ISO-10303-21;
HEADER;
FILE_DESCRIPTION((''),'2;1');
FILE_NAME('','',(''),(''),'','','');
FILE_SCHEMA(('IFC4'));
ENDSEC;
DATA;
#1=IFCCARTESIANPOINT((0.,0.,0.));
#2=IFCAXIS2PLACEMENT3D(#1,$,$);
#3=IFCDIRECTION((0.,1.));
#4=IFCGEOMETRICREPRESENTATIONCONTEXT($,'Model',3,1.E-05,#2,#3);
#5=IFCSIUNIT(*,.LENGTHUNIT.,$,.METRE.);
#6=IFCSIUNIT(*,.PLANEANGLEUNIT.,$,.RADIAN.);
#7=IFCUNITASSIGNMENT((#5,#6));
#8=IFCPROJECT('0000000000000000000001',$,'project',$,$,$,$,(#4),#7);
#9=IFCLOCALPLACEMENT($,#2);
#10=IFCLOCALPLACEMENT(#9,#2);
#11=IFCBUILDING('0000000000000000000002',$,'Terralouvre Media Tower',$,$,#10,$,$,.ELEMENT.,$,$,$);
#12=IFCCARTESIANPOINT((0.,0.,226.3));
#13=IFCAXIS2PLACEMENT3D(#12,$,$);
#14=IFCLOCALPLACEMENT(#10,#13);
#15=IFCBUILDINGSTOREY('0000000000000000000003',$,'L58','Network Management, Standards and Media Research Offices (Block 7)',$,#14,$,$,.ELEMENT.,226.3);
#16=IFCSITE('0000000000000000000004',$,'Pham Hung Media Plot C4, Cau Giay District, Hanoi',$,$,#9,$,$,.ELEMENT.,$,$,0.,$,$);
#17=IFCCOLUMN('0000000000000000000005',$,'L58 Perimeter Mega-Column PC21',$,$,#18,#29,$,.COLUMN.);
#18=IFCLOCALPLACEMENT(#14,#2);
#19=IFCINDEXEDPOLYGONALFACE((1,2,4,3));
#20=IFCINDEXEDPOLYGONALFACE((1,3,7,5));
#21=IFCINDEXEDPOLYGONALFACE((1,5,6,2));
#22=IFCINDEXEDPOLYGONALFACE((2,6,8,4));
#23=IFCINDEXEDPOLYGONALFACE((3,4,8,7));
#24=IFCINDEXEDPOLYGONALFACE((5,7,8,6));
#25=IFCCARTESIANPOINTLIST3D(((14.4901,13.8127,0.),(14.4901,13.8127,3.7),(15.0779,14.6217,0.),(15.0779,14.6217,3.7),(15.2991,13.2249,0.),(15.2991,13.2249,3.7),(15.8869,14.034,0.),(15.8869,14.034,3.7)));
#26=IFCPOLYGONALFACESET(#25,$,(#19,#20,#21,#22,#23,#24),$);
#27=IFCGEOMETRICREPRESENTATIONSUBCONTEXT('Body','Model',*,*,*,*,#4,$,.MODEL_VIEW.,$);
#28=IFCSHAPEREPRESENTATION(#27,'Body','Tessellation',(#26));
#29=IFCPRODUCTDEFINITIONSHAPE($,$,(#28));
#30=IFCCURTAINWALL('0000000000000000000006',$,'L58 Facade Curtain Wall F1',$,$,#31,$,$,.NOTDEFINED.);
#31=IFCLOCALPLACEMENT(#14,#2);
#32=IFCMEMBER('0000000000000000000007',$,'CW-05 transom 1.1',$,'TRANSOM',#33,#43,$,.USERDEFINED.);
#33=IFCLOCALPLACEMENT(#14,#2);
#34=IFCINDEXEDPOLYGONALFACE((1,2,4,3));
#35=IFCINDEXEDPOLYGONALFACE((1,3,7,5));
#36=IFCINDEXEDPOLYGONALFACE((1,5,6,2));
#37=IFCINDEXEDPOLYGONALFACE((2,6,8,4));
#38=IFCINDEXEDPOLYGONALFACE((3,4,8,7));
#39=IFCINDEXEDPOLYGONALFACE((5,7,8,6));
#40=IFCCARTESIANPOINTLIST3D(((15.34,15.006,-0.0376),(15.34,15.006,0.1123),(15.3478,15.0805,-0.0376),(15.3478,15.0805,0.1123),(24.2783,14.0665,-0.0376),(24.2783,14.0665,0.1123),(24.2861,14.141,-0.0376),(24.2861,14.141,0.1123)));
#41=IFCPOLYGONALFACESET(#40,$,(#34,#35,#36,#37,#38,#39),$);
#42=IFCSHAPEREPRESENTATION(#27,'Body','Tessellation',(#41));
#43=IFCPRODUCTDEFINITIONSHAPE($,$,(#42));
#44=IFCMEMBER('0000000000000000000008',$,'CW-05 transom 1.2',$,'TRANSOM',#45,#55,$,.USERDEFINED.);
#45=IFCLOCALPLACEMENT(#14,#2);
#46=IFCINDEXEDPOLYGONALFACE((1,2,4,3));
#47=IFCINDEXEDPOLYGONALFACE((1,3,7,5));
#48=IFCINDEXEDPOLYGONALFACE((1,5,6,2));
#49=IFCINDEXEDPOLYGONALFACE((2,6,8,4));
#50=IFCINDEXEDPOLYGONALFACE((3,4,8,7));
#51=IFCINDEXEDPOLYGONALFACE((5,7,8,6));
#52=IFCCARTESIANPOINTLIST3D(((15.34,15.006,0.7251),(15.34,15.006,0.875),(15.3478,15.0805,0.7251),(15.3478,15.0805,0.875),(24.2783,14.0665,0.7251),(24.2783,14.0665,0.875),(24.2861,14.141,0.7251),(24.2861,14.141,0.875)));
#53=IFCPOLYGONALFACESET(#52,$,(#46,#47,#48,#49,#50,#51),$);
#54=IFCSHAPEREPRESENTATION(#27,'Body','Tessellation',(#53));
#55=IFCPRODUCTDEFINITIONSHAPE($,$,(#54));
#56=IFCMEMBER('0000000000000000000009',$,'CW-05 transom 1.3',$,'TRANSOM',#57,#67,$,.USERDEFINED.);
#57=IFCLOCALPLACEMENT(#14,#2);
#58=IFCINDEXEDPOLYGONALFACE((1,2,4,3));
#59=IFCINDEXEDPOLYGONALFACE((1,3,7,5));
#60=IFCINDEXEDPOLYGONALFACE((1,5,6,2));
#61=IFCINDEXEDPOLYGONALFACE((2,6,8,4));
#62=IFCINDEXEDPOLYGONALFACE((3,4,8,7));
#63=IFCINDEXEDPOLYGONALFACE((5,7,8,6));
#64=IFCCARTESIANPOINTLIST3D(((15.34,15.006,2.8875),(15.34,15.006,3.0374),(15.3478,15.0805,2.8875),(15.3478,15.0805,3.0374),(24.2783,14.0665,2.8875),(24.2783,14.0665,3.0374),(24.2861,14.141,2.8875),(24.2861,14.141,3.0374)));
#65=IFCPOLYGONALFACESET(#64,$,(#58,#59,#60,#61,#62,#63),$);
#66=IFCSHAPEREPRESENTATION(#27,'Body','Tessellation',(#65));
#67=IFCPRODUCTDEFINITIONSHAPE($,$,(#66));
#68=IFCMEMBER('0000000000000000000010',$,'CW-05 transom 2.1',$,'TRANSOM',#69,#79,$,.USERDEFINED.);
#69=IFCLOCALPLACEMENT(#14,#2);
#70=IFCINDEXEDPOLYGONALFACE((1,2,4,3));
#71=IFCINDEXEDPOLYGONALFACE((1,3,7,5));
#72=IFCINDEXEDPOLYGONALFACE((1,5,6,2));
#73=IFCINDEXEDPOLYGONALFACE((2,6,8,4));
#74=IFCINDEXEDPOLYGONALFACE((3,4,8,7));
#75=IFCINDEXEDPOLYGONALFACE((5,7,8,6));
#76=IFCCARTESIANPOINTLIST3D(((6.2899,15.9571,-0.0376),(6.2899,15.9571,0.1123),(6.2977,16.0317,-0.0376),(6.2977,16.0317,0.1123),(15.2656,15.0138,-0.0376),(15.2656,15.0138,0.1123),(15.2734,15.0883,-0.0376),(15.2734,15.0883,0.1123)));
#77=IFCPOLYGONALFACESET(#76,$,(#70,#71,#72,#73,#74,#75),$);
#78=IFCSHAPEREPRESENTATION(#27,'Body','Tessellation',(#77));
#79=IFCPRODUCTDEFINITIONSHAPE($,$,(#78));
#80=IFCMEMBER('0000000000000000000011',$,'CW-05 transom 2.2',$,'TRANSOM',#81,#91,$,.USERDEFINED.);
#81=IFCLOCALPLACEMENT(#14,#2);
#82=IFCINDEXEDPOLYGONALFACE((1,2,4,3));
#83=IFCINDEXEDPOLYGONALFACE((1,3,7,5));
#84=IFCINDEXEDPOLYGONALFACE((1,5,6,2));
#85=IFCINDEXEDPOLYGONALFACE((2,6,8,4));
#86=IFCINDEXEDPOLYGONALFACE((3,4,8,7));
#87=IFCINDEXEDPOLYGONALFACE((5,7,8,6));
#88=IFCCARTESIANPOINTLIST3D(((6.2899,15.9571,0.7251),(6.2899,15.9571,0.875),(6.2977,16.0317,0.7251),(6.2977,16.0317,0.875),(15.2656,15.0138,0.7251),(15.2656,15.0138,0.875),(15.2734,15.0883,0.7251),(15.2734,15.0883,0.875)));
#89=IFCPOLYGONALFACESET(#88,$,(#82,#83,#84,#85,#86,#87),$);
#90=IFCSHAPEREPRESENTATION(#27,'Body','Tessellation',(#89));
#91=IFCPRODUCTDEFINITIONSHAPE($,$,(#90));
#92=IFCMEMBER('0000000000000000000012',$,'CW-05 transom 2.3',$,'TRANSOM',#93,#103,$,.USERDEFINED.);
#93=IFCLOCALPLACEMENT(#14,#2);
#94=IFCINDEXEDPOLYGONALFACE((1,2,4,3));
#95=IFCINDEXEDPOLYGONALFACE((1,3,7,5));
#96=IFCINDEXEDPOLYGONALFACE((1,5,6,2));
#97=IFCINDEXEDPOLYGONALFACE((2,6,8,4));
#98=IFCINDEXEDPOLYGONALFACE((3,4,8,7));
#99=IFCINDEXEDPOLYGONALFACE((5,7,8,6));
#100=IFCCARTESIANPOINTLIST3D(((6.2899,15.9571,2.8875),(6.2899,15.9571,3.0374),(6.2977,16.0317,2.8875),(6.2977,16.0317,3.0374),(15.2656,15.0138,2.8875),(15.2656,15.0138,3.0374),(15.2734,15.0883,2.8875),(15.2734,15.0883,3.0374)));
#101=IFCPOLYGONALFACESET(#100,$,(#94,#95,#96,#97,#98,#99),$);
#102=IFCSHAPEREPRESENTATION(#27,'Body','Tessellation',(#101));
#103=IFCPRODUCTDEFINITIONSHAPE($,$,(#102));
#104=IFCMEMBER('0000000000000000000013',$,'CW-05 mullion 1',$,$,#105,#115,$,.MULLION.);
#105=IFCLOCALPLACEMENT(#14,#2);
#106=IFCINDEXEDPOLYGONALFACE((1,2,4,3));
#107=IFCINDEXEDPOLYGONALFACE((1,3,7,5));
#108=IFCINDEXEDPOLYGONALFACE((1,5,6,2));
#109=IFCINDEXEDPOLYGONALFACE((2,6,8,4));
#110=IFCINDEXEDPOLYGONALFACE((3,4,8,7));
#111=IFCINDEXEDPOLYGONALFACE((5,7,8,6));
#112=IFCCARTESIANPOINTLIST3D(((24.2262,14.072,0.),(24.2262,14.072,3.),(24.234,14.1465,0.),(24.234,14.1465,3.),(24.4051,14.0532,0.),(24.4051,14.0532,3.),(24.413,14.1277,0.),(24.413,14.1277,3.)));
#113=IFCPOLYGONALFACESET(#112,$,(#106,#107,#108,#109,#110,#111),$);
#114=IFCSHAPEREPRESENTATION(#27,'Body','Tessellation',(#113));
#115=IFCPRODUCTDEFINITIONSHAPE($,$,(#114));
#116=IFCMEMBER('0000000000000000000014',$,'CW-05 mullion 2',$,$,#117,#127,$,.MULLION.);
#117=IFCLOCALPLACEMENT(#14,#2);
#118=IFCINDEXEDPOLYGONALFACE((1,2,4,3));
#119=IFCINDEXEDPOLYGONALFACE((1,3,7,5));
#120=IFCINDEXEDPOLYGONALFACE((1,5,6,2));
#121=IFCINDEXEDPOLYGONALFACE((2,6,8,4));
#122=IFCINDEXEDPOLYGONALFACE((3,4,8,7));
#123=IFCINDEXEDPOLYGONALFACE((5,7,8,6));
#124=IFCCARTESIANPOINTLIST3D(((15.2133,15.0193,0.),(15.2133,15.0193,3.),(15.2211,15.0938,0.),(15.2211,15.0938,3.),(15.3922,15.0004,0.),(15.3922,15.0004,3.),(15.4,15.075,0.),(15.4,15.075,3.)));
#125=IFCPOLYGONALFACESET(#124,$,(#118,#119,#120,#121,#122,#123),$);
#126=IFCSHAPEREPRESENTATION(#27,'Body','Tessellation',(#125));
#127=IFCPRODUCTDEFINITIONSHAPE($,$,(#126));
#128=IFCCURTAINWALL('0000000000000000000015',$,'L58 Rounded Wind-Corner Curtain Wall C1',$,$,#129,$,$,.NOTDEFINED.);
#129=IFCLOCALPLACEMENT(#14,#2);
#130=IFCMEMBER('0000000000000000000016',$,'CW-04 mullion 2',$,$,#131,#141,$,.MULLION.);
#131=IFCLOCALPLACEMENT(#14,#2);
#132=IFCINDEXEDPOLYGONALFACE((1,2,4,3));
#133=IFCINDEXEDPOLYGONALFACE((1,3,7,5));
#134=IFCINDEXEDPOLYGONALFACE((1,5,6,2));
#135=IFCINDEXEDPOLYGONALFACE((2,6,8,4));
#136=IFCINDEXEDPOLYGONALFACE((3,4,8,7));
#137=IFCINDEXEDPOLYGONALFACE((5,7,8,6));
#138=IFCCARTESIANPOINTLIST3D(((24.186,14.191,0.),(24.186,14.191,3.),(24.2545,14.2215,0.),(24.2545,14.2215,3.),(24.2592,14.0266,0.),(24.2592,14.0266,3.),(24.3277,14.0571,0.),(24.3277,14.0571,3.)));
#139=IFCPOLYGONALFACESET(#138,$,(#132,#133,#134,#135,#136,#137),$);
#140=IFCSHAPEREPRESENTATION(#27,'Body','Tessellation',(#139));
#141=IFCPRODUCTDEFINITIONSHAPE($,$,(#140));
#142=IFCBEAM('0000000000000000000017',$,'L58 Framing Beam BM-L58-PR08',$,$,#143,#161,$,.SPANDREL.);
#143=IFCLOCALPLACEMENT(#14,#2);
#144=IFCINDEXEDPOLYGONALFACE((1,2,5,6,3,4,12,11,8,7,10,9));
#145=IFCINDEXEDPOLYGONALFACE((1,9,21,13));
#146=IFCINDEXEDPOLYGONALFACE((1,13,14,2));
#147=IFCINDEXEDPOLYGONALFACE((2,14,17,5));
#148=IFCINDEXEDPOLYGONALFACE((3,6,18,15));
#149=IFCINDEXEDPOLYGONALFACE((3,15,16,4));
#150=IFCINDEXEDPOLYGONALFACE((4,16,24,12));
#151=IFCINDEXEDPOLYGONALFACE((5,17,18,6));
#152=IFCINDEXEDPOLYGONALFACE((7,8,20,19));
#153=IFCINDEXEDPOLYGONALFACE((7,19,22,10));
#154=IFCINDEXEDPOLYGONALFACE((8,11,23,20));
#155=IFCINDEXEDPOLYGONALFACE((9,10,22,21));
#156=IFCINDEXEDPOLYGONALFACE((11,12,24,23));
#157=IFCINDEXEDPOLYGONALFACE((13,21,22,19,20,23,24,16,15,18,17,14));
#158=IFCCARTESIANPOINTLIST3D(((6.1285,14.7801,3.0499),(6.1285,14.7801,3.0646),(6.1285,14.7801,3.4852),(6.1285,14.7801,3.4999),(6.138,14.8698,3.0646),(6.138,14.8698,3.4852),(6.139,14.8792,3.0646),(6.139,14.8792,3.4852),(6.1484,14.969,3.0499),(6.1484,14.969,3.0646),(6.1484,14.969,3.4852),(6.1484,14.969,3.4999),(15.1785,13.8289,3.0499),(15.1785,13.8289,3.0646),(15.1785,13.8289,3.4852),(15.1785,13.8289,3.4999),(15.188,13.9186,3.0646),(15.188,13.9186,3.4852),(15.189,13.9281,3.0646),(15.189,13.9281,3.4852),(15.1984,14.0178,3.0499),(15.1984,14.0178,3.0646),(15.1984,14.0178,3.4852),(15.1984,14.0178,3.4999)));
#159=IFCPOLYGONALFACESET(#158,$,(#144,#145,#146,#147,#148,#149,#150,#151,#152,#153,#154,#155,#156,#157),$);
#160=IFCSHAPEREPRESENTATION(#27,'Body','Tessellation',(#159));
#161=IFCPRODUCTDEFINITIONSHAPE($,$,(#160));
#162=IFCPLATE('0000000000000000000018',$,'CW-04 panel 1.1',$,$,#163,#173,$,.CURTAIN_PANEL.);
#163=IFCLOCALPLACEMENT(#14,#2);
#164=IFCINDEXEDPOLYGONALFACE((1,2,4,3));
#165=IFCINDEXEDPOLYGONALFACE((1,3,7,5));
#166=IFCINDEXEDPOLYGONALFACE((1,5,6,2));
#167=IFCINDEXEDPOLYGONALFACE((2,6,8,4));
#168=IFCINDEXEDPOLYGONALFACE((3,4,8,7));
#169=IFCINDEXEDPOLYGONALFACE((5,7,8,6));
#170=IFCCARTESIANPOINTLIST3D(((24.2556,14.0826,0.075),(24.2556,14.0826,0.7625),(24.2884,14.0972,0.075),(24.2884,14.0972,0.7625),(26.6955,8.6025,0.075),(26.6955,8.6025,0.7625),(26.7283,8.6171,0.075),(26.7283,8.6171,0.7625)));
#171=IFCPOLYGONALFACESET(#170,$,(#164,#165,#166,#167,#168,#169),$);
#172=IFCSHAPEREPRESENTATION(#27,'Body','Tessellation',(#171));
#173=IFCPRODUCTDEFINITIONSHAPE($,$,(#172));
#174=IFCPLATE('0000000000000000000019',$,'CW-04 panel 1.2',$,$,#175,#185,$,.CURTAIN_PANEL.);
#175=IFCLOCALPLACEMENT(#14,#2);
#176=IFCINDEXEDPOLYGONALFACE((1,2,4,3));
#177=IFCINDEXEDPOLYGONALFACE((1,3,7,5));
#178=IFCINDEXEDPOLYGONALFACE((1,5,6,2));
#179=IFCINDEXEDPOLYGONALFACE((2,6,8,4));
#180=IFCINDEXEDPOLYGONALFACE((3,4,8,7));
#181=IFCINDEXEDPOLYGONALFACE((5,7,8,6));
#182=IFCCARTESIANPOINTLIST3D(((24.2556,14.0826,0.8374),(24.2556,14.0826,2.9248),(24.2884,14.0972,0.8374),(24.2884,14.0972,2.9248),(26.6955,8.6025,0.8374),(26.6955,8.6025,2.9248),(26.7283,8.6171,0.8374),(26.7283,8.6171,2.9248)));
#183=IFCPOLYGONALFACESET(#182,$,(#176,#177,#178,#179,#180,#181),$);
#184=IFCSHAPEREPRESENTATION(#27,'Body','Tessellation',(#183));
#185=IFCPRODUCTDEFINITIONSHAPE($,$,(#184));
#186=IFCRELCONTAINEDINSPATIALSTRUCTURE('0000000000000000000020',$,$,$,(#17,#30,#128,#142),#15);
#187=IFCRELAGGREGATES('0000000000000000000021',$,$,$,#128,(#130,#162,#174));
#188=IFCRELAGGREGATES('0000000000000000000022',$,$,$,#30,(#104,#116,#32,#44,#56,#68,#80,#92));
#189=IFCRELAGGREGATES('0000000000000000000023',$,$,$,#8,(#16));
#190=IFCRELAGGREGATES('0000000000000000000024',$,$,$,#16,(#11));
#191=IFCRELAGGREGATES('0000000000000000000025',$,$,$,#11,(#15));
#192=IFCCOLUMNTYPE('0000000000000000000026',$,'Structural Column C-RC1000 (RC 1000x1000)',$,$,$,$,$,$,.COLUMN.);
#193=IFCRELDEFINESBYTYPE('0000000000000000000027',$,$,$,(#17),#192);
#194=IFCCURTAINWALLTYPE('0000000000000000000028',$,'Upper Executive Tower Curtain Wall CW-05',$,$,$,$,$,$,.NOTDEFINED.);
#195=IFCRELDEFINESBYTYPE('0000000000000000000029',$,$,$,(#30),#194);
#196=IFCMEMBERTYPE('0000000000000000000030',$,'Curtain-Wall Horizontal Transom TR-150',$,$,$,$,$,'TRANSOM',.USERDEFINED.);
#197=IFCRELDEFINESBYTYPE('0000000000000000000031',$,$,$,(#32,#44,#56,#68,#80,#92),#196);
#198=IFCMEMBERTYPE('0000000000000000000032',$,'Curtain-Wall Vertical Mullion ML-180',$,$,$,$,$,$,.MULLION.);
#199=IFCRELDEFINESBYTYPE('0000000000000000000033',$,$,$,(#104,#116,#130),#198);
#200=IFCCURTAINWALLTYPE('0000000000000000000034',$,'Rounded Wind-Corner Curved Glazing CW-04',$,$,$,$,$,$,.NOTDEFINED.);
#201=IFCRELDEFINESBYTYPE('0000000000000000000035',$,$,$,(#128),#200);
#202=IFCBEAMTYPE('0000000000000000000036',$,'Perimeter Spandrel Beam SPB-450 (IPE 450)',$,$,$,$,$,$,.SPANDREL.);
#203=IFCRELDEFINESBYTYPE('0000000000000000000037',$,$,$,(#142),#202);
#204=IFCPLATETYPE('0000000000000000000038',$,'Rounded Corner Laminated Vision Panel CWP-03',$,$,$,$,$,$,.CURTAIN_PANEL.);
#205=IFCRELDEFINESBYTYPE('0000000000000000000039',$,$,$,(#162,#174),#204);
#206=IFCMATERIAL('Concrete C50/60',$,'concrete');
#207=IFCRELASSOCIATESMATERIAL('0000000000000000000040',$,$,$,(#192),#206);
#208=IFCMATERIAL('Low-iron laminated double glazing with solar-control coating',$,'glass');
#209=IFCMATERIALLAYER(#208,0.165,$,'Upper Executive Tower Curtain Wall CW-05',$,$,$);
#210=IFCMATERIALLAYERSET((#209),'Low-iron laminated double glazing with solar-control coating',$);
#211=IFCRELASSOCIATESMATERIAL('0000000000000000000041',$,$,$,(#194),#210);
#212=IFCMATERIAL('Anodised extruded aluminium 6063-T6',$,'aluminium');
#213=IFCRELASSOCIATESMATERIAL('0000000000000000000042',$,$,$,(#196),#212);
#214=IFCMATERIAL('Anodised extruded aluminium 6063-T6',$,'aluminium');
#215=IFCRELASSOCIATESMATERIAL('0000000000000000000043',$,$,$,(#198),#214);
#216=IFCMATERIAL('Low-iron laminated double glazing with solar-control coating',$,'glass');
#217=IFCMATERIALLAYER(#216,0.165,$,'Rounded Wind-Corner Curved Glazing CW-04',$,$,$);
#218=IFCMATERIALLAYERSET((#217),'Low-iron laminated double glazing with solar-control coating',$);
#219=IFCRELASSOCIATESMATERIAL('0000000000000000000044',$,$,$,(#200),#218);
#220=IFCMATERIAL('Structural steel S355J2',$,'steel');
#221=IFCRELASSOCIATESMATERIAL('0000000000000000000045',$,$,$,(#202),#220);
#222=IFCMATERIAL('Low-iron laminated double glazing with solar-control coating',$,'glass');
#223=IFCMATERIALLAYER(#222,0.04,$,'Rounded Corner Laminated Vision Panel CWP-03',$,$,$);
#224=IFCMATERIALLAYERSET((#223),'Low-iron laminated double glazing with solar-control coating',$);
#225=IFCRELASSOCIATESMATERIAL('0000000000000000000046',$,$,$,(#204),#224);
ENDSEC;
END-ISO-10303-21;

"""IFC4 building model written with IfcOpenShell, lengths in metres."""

from ifc_helpers import new_model, si_unit, direction, frame, origin, origin_2d, place, context, subcontext, project, spatial, rectangle, i_section, extrude, material, layer, layer_set, material_profile, profile_set, type_object, element, aggregate, save


model = new_model("IFC4")

# Units and contexts
model_context = context("Model", 3, precision=1e-05, world=origin(), true_north=direction((0.0, 1.0)))
body_context = subcontext(model_context, "Body", "Model", "MODEL_VIEW")
ifc_project = project(units=[si_unit("LENGTHUNIT", "METRE"), si_unit("PLANEANGLEUNIT", "RADIAN")], contexts=[model_context])

# Site, building, storey
site_placement = place(None, origin())
site = spatial("IfcSite", under=ifc_project, at=site_placement, Name="Pham Hung Media Plot C4, Cau Giay District, Hanoi", CompositionType="ELEMENT", RefElevation=0.0)
building_placement = place(site_placement, origin())
building = spatial("IfcBuilding", under=site, at=building_placement, Name="Terralouvre Media Tower", CompositionType="ELEMENT")
storey_placement = place(building_placement, frame((0.0, 0.0, 226.3)))
storey = spatial("IfcBuildingStorey", under=building, at=storey_placement, Name="L58", Description="Network Management, Standards and Media Research Offices (Block 7)", CompositionType="ELEMENT", Elevation=226.3)

# Column
ifc_material_1 = material(Name="Concrete C50/60", Category="concrete")
ifc_material_profile_1 = material_profile(ifc_material_1, rectangle(XDim=1.0, YDim=1.0, at=origin_2d()), Name="RC 1000x1000")
ifc_profile_set_1 = profile_set([ifc_material_profile_1], Name="Concrete C50/60")
column_type = type_object("IfcColumnType", Name="Structural Column C-RC1000 (RC 1000x1000)", PredefinedType="COLUMN", material=ifc_profile_set_1)
column_placement = place(storey_placement, frame((15.1885, 13.9233, 0.0), z_axis=(0.0, 0.0, 1.0), x_axis=(0.587785, 0.809017, 0.0)))
element("IfcColumn", 1, at=column_placement, inside=storey, type_object=column_type, Name="L58 Perimeter Mega-Column PC21", PredefinedType="COLUMN", context=body_context, shape_type="SweptSolid", body=[
    extrude(rectangle(XDim=1.0, YDim=1.0, at=origin_2d()), origin(), (0.0, 0.0, 1.0), 3.7),
])

# Curtain wall, members
ifc_material_2 = material(Name="Low-iron laminated double glazing with solar-control coating", Category="glass")
ifc_layer_1 = layer(ifc_material_2, 0.165, Name="Upper Executive Tower Curtain Wall CW-05")
ifc_layer_set_1 = layer_set([ifc_layer_1], Name="Low-iron laminated double glazing with solar-control coating")
curtain_wall_type_1 = type_object("IfcCurtainWallType", Name="Upper Executive Tower Curtain Wall CW-05", PredefinedType="NOTDEFINED", material=ifc_layer_set_1)
curtain_wall_1_placement = place(storey_placement, origin())
curtain_wall_1 = element("IfcCurtainWall", 2, at=curtain_wall_1_placement, inside=storey, type_object=curtain_wall_type_1, Name="L58 Facade Curtain Wall F1", PredefinedType="NOTDEFINED")
ifc_material_3 = material(Name="Anodised extruded aluminium 6063-T6", Category="aluminium")
ifc_material_profile_2 = material_profile(ifc_material_3, rectangle(XDim=0.075, YDim=0.1499, at=origin_2d()), Name="ALU 75x150")
ifc_profile_set_2 = profile_set([ifc_material_profile_2], Name="Anodised extruded aluminium 6063-T6")
member_type_1 = type_object("IfcMemberType", Name="Curtain-Wall Horizontal Transom TR-150", ElementType="TRANSOM", PredefinedType="USERDEFINED", material=ifc_profile_set_2)
member_1_placement = place(storey_placement, frame((24.2822, 14.1038, 0.0374), z_axis=(-0.994522, 0.104529, 0.0), x_axis=(-0.104529, -0.994522, 0.0)))
member_1 = element("IfcMember", 3, at=member_1_placement, type_object=member_type_1, Name="CW-05 transom 1.1", ObjectType="TRANSOM", PredefinedType="USERDEFINED", context=body_context, shape_type="SweptSolid", body=[
    extrude(rectangle(XDim=0.075, YDim=0.1499, at=origin_2d()), origin(), (0.0, 0.0, 1.0), 8.9875),
])
member_2_placement = place(storey_placement, frame((24.2822, 14.1038, 0.8), z_axis=(-0.994522, 0.104529, 0.0), x_axis=(-0.104529, -0.994522, 0.0)))
member_2 = element("IfcMember", 4, at=member_2_placement, type_object=member_type_1, Name="CW-05 transom 1.2", ObjectType="TRANSOM", PredefinedType="USERDEFINED", context=body_context, shape_type="SweptSolid", body=[
    extrude(rectangle(XDim=0.075, YDim=0.1499, at=origin_2d()), origin(), (0.0, 0.0, 1.0), 8.9875),
])
member_3_placement = place(storey_placement, frame((24.2822, 14.1038, 2.9624), z_axis=(-0.994522, 0.104529, 0.0), x_axis=(-0.104529, -0.994522, 0.0)))
member_3 = element("IfcMember", 5, at=member_3_placement, type_object=member_type_1, Name="CW-05 transom 1.3", ObjectType="TRANSOM", PredefinedType="USERDEFINED", context=body_context, shape_type="SweptSolid", body=[
    extrude(rectangle(XDim=0.075, YDim=0.1499, at=origin_2d()), origin(), (0.0, 0.0, 1.0), 8.9875),
])
member_4_placement = place(storey_placement, frame((15.2695, 15.051, 0.0374), z_axis=(-0.994522, 0.104527, 0.0), x_axis=(-0.104527, -0.994522, 0.0)))
member_4 = element("IfcMember", 6, at=member_4_placement, type_object=member_type_1, Name="CW-05 transom 2.1", ObjectType="TRANSOM", PredefinedType="USERDEFINED", context=body_context, shape_type="SweptSolid", body=[
    extrude(rectangle(XDim=0.075, YDim=0.1499, at=origin_2d()), origin(), (0.0, 0.0, 1.0), 9.0251),
])
member_5_placement = place(storey_placement, frame((15.2695, 15.051, 0.8), z_axis=(-0.994522, 0.104527, 0.0), x_axis=(-0.104527, -0.994522, 0.0)))
member_5 = element("IfcMember", 7, at=member_5_placement, type_object=member_type_1, Name="CW-05 transom 2.2", ObjectType="TRANSOM", PredefinedType="USERDEFINED", context=body_context, shape_type="SweptSolid", body=[
    extrude(rectangle(XDim=0.075, YDim=0.1499, at=origin_2d()), origin(), (0.0, 0.0, 1.0), 9.0251),
])
member_6_placement = place(storey_placement, frame((15.2695, 15.051, 2.9624), z_axis=(-0.994522, 0.104527, 0.0), x_axis=(-0.104527, -0.994522, 0.0)))
member_6 = element("IfcMember", 8, at=member_6_placement, type_object=member_type_1, Name="CW-05 transom 2.3", ObjectType="TRANSOM", PredefinedType="USERDEFINED", context=body_context, shape_type="SweptSolid", body=[
    extrude(rectangle(XDim=0.075, YDim=0.1499, at=origin_2d()), origin(), (0.0, 0.0, 1.0), 9.0251),
])
ifc_material_4 = material(Name="Anodised extruded aluminium 6063-T6", Category="aluminium")
ifc_material_profile_3 = material_profile(ifc_material_4, rectangle(XDim=0.075, YDim=0.1799, at=origin_2d()), Name="ALU 75x180")
ifc_profile_set_3 = profile_set([ifc_material_profile_3], Name="Anodised extruded aluminium 6063-T6")
member_type_2 = type_object("IfcMemberType", Name="Curtain-Wall Vertical Mullion ML-180", PredefinedType="MULLION", material=ifc_profile_set_3)
member_7_placement = place(storey_placement, frame((24.3196, 14.0999, 0.0), z_axis=(0.0, 0.0, 1.0), x_axis=(-0.104529, -0.994522, 0.0)))
member_7 = element("IfcMember", 9, at=member_7_placement, type_object=member_type_2, Name="CW-05 mullion 1", PredefinedType="MULLION", context=body_context, shape_type="SweptSolid", body=[
    extrude(rectangle(XDim=0.075, YDim=0.1799, at=origin_2d()), origin(), (0.0, 0.0, 1.0), 3.0),
])
member_8_placement = place(storey_placement, frame((15.3066, 15.0471, 0.0), z_axis=(0.0, 0.0, 1.0), x_axis=(-0.104529, -0.994522, 0.0)))
member_8 = element("IfcMember", 10, at=member_8_placement, type_object=member_type_2, Name="CW-05 mullion 2", PredefinedType="MULLION", context=body_context, shape_type="SweptSolid", body=[
    extrude(rectangle(XDim=0.075, YDim=0.1799, at=origin_2d()), origin(), (0.0, 0.0, 1.0), 3.0),
])

# Curtain wall, member
ifc_material_5 = material(Name="Low-iron laminated double glazing with solar-control coating", Category="glass")
ifc_layer_2 = layer(ifc_material_5, 0.165, Name="Rounded Wind-Corner Curved Glazing CW-04")
ifc_layer_set_2 = layer_set([ifc_layer_2], Name="Low-iron laminated double glazing with solar-control coating")
curtain_wall_type_2 = type_object("IfcCurtainWallType", Name="Rounded Wind-Corner Curved Glazing CW-04", PredefinedType="NOTDEFINED", material=ifc_layer_set_2)
curtain_wall_2_placement = place(storey_placement, origin())
curtain_wall_2 = element("IfcCurtainWall", 11, at=curtain_wall_2_placement, inside=storey, type_object=curtain_wall_type_2, Name="L58 Rounded Wind-Corner Curtain Wall C1", PredefinedType="NOTDEFINED")
member_9_placement = place(storey_placement, frame((24.2568, 14.124, 0.0), z_axis=(0.0, 0.0, 1.0), x_axis=(-0.913545, -0.406737, 0.0)))
member_9 = element("IfcMember", 12, at=member_9_placement, type_object=member_type_2, Name="CW-04 mullion 2", PredefinedType="MULLION", context=body_context, shape_type="SweptSolid", body=[
    extrude(rectangle(XDim=0.075, YDim=0.1799, at=origin_2d()), origin(), (0.0, 0.0, 1.0), 3.0),
])

# Beam
ifc_material_6 = material(Name="Structural steel S355J2", Category="steel")
ifc_material_profile_4 = material_profile(ifc_material_6, i_section(OverallWidth=0.1899, OverallDepth=0.45, WebThickness=0.0095, FlangeThickness=0.0146, at=origin_2d()), Name="IPE 450")
ifc_profile_set_4 = profile_set([ifc_material_profile_4], Name="Structural steel S355J2")
beam_type = type_object("IfcBeamType", Name="Perimeter Spandrel Beam SPB-450 (IPE 450)", PredefinedType="SPANDREL", material=ifc_profile_set_4)
beam_placement = place(storey_placement, frame((15.1885, 13.9233, 3.2749), z_axis=(-0.994522, 0.104526, 0.0), x_axis=(-0.104526, -0.994522, 0.0)))
element("IfcBeam", 13, at=beam_placement, inside=storey, type_object=beam_type, Name="L58 Framing Beam BM-L58-PR08", PredefinedType="SPANDREL", context=body_context, shape_type="SweptSolid", body=[
    extrude(i_section(OverallWidth=0.1899, OverallDepth=0.45, WebThickness=0.0095, FlangeThickness=0.0146, at=origin_2d()), origin(), (0.0, 0.0, 1.0), 9.0999),
])

# Plates
ifc_material_7 = material(Name="Low-iron laminated double glazing with solar-control coating", Category="glass")
ifc_layer_3 = layer(ifc_material_7, 0.04, Name="Rounded Corner Laminated Vision Panel CWP-03")
ifc_layer_set_3 = layer_set([ifc_layer_3], Name="Low-iron laminated double glazing with solar-control coating")
plate_type_1 = type_object("IfcPlateType", Name="Rounded Corner Laminated Vision Panel CWP-03", PredefinedType="CURTAIN_PANEL", material=ifc_layer_set_3)
plate_1_placement = place(storey_placement, frame((25.4919, 11.3499, 0.075), z_axis=(0.0, 0.0, 1.0), x_axis=(-0.406737, 0.913545, 0.0)))
plate_1 = element("IfcPlate", 14, at=plate_1_placement, type_object=plate_type_1, Name="CW-04 panel 1.1", PredefinedType="CURTAIN_PANEL", context=body_context, shape_type="SweptSolid", body=[
    extrude(rectangle(XDim=5.9988, YDim=0.0359, at=origin_2d()), origin(), (0.0, 0.0, 1.0), 0.6875),
])
plate_2_placement = place(storey_placement, frame((25.4919, 11.3499, 0.8374), z_axis=(0.0, 0.0, 1.0), x_axis=(-0.406737, 0.913545, 0.0)))
plate_2 = element("IfcPlate", 15, at=plate_2_placement, type_object=plate_type_1, Name="CW-04 panel 1.2", PredefinedType="CURTAIN_PANEL", context=body_context, shape_type="SweptSolid", body=[
    extrude(rectangle(XDim=5.9988, YDim=0.0359, at=origin_2d()), origin(), (0.0, 0.0, 1.0), 2.0874),
])
aggregate(curtain_wall_2, [member_9, plate_1, plate_2])
aggregate(curtain_wall_1, [member_7, member_8, member_1, member_2, member_3, member_4, member_5, member_6])

save(model, "model.ifc")
